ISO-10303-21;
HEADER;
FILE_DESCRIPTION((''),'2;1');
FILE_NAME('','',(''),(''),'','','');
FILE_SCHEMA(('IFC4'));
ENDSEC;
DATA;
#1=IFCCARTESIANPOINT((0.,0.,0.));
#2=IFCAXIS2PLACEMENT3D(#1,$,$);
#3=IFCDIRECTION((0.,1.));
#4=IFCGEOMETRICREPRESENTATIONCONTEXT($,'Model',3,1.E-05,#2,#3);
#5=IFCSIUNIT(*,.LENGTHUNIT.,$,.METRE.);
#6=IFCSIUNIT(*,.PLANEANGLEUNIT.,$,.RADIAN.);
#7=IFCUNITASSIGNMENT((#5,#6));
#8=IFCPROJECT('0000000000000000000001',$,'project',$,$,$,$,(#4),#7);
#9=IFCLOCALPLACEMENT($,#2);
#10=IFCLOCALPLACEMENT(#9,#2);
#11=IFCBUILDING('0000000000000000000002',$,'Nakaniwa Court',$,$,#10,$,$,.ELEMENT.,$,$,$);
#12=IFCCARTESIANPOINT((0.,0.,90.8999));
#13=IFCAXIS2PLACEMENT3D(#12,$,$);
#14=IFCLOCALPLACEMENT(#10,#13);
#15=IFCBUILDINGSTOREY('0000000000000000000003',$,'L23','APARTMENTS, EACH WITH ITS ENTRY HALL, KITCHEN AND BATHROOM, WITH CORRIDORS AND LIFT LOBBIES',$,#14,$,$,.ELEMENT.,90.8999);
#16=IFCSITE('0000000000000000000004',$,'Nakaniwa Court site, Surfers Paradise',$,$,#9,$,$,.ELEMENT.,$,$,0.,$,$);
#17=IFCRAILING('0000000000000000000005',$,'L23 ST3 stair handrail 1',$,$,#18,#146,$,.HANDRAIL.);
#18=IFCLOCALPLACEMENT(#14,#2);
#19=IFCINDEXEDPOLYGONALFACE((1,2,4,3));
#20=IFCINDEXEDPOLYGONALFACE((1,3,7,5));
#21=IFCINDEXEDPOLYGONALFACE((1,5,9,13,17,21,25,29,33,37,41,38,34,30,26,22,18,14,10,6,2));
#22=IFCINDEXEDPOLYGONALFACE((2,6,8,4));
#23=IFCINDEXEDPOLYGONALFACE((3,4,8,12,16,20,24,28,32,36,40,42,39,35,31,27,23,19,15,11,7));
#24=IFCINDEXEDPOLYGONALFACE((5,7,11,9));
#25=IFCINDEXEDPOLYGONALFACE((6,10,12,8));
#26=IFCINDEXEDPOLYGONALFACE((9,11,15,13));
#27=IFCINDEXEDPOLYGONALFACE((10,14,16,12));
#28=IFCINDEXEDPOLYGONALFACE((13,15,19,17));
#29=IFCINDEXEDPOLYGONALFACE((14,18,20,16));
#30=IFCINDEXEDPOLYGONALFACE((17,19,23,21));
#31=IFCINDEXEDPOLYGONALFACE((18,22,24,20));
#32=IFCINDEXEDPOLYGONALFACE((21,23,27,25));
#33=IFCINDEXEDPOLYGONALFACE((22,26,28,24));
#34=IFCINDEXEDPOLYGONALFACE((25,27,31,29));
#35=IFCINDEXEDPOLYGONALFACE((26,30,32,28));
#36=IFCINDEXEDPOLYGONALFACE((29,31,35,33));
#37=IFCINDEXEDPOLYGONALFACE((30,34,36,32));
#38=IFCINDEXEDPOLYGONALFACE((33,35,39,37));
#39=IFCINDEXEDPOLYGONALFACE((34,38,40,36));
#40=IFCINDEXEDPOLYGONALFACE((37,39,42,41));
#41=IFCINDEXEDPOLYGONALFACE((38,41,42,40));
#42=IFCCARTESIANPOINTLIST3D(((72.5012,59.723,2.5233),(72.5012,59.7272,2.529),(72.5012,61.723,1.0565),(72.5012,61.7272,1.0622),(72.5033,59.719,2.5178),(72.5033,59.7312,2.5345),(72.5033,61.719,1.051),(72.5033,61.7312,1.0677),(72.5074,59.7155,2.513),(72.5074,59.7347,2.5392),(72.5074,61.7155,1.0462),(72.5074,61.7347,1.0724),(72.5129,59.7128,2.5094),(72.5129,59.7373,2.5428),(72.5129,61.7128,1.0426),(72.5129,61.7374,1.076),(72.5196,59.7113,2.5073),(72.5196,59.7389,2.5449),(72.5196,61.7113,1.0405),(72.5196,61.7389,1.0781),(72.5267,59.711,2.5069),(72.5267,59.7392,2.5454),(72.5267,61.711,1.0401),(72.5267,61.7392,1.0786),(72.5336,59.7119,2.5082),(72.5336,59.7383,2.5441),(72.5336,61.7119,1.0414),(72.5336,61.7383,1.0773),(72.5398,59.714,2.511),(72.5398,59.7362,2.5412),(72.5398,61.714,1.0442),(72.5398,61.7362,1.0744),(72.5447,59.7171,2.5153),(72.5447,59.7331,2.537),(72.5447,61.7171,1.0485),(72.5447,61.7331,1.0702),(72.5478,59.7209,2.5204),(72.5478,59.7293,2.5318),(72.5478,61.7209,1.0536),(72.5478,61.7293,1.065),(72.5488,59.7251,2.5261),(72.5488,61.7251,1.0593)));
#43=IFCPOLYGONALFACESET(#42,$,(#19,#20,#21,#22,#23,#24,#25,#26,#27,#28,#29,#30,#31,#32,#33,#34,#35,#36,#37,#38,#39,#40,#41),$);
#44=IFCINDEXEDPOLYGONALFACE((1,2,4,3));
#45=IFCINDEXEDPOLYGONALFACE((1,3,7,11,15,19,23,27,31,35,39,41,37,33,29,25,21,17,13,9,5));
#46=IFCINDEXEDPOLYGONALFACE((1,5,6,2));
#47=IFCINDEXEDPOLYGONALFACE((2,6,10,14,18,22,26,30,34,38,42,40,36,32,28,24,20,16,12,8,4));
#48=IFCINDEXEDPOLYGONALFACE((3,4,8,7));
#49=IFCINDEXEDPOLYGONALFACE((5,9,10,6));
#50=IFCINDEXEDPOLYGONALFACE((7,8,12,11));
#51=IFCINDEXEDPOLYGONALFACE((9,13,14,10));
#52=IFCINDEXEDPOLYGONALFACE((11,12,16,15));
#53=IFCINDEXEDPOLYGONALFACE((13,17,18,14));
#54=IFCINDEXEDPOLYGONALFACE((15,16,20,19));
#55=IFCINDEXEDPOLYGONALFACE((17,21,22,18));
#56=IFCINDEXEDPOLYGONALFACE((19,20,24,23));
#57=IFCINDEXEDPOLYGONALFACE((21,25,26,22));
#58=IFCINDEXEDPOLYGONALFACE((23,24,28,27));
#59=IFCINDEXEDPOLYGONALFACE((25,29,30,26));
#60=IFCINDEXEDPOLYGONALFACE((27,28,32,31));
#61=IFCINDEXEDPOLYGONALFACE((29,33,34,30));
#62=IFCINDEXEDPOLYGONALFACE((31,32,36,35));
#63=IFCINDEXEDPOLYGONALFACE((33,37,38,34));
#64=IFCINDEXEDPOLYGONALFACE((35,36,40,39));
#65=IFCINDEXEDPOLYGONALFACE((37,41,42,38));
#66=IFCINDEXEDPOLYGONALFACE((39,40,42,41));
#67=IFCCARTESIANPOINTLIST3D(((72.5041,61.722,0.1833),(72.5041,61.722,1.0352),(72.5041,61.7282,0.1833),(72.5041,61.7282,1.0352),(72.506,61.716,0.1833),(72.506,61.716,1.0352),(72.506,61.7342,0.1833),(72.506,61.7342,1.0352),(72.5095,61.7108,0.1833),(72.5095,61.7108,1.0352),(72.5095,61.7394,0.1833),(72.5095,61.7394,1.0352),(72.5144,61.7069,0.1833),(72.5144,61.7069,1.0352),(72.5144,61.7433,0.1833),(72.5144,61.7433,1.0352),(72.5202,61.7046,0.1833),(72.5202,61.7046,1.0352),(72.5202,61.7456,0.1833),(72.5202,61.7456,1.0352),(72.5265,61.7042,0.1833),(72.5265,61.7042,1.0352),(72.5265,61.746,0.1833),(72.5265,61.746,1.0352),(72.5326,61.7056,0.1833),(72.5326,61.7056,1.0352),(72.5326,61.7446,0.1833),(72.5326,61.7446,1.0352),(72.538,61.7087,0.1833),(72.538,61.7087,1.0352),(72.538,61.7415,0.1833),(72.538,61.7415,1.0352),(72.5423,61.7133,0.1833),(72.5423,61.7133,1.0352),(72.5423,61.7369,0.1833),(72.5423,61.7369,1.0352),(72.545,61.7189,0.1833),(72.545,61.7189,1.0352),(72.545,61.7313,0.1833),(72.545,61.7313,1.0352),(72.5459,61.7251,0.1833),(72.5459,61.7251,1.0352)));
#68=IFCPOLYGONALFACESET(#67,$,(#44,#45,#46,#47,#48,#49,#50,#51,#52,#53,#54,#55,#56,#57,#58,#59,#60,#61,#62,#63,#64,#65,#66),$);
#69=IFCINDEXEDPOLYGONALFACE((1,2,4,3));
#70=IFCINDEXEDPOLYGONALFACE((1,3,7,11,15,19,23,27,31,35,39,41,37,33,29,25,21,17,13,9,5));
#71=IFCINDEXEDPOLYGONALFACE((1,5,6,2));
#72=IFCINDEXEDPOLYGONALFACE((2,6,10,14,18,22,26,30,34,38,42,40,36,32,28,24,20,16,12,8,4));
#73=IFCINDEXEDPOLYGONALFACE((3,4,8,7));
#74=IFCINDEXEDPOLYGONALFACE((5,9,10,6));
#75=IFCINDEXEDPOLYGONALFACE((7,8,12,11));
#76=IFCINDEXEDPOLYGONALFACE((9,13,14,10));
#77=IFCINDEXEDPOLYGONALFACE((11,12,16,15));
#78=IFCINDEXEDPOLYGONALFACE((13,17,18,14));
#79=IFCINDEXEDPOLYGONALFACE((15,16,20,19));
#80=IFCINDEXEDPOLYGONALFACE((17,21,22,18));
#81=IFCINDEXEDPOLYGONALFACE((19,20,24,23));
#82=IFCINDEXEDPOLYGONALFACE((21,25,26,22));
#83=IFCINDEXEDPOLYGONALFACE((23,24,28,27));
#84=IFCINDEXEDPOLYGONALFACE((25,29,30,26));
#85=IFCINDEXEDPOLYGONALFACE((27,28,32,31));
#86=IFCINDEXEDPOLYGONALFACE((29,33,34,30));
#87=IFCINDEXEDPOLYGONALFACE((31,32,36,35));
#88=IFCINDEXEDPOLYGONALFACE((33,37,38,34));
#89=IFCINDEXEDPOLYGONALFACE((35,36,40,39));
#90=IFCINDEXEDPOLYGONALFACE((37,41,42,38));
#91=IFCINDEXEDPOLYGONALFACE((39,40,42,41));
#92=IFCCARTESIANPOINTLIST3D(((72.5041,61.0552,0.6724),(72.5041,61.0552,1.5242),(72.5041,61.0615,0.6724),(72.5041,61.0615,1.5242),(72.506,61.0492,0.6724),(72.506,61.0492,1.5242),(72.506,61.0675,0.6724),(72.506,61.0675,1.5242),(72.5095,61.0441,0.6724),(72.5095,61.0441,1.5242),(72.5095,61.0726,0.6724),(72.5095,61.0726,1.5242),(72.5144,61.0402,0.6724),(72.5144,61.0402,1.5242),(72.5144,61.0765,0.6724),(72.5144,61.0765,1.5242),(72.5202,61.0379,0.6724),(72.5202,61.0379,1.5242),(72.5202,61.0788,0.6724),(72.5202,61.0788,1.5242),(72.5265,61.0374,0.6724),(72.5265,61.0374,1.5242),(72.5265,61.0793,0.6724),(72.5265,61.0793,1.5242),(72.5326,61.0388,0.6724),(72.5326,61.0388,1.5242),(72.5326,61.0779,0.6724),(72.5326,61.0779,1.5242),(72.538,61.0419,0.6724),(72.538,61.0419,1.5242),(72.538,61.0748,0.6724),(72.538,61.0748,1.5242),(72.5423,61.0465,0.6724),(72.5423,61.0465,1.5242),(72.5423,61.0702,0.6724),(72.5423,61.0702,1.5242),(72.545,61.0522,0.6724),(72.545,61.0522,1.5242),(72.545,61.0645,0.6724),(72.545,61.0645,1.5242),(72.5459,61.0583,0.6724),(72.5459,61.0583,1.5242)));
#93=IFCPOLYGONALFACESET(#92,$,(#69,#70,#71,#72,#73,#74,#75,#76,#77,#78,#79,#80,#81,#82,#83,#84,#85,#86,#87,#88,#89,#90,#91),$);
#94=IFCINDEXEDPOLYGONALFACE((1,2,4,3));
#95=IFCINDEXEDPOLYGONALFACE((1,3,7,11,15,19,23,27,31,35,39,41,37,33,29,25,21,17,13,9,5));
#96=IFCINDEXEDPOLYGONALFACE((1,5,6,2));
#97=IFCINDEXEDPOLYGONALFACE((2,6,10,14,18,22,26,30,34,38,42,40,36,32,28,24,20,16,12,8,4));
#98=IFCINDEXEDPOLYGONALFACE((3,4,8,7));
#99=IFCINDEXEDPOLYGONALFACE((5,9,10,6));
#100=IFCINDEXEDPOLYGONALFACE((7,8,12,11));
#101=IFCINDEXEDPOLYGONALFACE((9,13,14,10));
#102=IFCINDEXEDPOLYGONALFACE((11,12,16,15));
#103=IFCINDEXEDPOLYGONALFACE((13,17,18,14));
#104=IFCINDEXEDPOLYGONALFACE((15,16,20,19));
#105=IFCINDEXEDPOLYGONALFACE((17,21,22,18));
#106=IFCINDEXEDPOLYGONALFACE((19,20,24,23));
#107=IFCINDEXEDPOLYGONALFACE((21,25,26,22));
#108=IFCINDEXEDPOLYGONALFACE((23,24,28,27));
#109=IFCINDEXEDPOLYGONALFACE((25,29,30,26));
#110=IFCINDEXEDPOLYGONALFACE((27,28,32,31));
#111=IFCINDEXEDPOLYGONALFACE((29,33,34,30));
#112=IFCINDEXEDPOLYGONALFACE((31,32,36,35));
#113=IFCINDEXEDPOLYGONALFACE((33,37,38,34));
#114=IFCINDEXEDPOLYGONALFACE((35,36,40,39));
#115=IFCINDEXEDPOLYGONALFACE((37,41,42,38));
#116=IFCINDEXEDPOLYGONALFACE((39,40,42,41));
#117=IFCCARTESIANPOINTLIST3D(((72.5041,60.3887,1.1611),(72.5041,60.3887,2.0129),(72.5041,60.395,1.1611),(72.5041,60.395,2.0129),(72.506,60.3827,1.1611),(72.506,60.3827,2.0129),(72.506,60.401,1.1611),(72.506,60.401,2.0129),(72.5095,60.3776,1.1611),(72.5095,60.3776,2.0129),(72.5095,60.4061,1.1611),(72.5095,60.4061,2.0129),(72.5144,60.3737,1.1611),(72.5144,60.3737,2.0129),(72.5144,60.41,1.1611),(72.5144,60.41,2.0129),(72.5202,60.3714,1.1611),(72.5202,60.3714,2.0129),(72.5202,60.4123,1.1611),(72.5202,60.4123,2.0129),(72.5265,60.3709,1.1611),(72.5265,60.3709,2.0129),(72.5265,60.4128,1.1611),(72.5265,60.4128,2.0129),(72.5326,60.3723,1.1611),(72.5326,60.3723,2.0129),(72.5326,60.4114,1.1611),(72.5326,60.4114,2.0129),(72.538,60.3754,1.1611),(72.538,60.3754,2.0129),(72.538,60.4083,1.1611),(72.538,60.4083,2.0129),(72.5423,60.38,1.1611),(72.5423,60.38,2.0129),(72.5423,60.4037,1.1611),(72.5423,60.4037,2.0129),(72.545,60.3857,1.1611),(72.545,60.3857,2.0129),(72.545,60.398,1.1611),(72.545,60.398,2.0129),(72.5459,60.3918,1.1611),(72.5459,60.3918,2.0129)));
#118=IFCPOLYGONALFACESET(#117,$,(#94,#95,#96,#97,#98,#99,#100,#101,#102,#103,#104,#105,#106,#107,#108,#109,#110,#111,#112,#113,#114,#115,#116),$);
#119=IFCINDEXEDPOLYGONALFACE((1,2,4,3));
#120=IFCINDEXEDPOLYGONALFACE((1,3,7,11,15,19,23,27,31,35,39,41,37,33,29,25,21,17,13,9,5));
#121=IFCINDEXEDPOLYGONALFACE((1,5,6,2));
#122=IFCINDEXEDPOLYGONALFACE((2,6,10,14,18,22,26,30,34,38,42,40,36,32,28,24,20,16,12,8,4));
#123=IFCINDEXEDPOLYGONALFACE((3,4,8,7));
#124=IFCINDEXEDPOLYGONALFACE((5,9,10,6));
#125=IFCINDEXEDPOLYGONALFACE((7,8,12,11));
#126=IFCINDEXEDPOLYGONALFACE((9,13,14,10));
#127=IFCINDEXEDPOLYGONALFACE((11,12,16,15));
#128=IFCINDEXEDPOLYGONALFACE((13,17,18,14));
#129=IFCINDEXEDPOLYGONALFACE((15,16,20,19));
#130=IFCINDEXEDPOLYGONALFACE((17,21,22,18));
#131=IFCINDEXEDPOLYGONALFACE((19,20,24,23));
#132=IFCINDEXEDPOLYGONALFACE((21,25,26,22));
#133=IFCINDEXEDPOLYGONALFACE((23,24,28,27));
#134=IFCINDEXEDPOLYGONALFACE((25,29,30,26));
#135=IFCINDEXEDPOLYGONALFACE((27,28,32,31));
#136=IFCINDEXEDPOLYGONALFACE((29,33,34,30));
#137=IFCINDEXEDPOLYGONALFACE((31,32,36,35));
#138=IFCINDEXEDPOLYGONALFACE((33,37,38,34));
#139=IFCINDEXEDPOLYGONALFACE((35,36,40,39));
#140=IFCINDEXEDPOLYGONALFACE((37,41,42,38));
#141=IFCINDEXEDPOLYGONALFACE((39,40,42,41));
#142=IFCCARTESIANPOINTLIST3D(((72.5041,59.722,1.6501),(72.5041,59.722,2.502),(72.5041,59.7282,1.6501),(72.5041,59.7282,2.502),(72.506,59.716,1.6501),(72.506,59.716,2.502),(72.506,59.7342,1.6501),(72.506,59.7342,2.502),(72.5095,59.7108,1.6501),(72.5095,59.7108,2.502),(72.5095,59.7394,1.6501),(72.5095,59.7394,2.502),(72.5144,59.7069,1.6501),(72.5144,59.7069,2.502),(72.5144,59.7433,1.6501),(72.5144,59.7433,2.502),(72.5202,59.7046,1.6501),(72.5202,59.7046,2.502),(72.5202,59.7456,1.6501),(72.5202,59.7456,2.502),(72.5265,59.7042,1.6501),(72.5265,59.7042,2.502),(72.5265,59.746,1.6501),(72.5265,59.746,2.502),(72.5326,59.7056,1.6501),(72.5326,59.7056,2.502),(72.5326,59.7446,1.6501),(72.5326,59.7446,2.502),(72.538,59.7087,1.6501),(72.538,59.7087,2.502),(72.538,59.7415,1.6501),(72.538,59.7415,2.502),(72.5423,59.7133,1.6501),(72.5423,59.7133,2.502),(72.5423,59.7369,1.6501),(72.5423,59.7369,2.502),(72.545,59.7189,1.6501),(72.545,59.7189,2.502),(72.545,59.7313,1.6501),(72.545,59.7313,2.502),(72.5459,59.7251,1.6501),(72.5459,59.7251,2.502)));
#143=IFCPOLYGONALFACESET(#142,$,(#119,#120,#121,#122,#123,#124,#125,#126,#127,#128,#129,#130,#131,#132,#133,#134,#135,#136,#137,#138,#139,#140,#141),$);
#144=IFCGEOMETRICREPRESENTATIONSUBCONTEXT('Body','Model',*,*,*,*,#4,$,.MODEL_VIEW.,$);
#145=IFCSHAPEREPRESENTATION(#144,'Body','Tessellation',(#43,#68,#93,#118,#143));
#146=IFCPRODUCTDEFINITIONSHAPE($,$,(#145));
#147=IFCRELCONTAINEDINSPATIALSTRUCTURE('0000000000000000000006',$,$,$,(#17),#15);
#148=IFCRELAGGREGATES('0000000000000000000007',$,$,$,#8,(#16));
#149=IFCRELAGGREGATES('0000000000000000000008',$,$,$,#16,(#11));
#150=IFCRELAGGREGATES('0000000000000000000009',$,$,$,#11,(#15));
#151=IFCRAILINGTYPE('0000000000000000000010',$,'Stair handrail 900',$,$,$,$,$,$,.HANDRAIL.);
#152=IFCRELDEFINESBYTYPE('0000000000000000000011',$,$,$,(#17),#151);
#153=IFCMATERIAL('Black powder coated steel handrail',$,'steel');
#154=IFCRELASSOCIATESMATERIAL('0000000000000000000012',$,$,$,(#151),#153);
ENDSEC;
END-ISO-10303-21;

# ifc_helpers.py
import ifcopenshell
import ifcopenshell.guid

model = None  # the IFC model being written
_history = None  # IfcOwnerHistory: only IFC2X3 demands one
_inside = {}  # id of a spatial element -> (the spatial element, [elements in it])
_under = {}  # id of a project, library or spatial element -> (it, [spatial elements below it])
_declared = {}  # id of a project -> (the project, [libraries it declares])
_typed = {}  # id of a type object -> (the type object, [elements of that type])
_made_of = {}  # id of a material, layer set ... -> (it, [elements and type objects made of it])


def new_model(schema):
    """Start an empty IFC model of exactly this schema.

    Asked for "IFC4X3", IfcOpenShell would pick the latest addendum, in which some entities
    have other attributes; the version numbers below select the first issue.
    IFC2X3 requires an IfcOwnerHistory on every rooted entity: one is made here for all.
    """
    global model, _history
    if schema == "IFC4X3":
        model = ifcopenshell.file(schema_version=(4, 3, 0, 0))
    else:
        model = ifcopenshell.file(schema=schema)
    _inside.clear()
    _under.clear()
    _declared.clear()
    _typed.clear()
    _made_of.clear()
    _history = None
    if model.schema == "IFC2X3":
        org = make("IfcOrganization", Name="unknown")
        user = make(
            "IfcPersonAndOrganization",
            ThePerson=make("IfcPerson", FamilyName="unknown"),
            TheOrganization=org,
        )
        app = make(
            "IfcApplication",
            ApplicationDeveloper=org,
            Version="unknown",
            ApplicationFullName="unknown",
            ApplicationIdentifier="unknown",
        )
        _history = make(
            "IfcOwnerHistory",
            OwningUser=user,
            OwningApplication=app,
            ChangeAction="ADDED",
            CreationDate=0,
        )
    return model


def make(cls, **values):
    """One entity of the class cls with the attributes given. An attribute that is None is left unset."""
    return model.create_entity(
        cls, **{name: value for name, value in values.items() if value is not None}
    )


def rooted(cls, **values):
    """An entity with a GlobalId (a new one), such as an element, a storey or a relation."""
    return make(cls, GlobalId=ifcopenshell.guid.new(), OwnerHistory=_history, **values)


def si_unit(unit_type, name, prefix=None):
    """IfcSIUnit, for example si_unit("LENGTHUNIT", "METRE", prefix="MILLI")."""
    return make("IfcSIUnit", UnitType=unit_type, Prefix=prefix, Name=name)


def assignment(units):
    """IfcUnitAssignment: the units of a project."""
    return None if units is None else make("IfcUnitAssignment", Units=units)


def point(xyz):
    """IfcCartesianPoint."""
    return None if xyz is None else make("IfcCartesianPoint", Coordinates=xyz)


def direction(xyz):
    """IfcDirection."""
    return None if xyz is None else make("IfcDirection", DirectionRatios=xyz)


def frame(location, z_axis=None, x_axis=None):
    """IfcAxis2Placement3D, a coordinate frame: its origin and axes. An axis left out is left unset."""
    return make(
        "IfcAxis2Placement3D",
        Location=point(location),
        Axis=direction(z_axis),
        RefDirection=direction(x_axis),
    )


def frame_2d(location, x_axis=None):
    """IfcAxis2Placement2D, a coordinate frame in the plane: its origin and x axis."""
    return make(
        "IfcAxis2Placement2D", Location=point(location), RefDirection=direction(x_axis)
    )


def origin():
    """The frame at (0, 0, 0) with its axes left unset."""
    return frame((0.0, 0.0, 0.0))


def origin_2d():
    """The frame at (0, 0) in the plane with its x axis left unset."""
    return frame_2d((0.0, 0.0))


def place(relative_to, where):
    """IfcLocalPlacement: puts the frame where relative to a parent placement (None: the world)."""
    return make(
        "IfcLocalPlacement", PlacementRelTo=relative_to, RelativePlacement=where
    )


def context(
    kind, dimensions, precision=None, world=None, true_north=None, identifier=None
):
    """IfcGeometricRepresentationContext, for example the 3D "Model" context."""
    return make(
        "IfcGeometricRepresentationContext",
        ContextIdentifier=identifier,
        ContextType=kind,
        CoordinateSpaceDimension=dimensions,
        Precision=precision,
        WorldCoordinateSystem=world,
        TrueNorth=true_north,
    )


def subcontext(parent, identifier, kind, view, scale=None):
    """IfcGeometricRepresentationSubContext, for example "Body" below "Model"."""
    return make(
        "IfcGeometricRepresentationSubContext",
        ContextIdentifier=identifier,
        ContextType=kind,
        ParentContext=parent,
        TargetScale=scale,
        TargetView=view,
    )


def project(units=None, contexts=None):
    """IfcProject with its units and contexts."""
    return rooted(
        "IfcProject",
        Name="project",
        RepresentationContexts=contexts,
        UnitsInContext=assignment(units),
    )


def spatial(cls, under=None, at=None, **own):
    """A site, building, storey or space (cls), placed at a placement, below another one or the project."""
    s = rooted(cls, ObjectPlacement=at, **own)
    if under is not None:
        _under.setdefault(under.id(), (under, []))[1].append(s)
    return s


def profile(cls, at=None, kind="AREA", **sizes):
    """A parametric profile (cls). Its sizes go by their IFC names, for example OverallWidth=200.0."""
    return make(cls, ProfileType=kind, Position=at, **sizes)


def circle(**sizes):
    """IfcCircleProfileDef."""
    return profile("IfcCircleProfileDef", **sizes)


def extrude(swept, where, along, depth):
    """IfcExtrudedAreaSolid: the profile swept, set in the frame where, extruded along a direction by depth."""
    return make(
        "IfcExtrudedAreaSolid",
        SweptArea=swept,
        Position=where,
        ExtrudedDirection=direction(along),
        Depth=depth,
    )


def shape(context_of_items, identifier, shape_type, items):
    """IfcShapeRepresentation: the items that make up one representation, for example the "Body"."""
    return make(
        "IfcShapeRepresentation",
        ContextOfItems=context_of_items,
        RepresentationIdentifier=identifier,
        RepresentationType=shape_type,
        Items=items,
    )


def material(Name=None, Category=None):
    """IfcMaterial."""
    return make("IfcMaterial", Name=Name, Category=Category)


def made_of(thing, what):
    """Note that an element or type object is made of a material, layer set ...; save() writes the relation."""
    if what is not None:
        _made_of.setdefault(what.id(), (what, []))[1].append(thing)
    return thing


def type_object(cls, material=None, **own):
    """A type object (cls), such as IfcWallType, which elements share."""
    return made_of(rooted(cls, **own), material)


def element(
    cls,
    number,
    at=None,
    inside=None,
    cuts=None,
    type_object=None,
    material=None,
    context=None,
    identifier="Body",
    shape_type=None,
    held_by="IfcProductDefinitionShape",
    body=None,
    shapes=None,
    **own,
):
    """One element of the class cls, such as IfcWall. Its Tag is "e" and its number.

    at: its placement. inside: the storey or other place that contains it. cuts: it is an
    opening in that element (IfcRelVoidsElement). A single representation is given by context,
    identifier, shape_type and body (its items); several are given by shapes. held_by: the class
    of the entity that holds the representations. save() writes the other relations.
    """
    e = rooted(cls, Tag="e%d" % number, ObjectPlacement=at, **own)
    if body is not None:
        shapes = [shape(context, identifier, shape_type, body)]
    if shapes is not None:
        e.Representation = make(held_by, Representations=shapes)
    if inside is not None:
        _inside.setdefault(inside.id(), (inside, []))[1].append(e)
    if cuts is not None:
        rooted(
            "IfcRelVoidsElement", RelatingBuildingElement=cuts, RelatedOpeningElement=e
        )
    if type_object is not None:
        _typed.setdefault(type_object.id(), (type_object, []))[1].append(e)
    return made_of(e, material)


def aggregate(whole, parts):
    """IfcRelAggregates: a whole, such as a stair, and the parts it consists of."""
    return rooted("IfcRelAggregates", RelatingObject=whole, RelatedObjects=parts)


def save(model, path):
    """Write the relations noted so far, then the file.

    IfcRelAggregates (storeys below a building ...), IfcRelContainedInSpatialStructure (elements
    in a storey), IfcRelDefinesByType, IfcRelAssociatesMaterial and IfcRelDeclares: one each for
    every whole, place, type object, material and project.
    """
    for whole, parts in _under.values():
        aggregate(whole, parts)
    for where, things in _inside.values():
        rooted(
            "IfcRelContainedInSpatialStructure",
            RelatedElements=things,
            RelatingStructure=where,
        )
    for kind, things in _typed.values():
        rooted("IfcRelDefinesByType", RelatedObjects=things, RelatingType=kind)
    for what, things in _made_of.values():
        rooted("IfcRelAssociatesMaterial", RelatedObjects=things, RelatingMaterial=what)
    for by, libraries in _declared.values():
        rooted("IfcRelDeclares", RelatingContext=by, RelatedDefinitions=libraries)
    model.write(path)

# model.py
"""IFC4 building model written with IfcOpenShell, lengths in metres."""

from ifc_helpers import new_model, si_unit, direction, frame, origin, origin_2d, place, context, subcontext, project, spatial, circle, extrude, material, type_object, element, save


model = new_model("IFC4")

# Units and contexts
model_context = context("Model", 3, precision=1e-05, world=origin(), true_north=direction((0.0, 1.0)))
body_context = subcontext(model_context, "Body", "Model", "MODEL_VIEW")
ifc_project = project(units=[si_unit("LENGTHUNIT", "METRE"), si_unit("PLANEANGLEUNIT", "RADIAN")], contexts=[model_context])

# Site, building, storey
site_placement = place(None, origin())
site = spatial("IfcSite", under=ifc_project, at=site_placement, Name="Nakaniwa Court site, Surfers Paradise", CompositionType="ELEMENT", RefElevation=0.0)
building_placement = place(site_placement, origin())
building = spatial("IfcBuilding", under=site, at=building_placement, Name="Nakaniwa Court", CompositionType="ELEMENT")
storey_placement = place(building_placement, frame((0.0, 0.0, 90.8999)))
storey = spatial("IfcBuildingStorey", under=building, at=storey_placement, Name="L23", Description="APARTMENTS, EACH WITH ITS ENTRY HALL, KITCHEN AND BATHROOM, WITH CORRIDORS AND LIFT LOBBIES", CompositionType="ELEMENT", Elevation=90.8999)

# Railing
ifc_material_1 = material(Name="Black powder coated steel handrail", Category="steel")
railing_type_1 = type_object("IfcRailingType", Name="Stair handrail 900", PredefinedType="HANDRAIL", material=ifc_material_1)
railing_1_placement = place(storey_placement, frame((72.5249, 61.7251, 0.1833)))
element("IfcRailing", 1, at=railing_1_placement, inside=storey, type_object=railing_type_1, Name="L23 ST3 stair handrail 1", PredefinedType="HANDRAIL", context=body_context, shape_type="SweptSolid", body=[
    extrude(circle(Radius=0.0239, at=origin_2d()), frame((0.0, 0.0, 0.876), z_axis=(0.0, -0.80638, 0.591398), x_axis=(1.0, 0.0, 0.0)), (0.0, 0.0, 1.0), 2.4802),
    extrude(circle(Radius=0.021, at=origin_2d()), origin(), (0.0, 0.0, 1.0), 0.8518),
    extrude(circle(Radius=0.021, at=origin_2d()), frame((0.0, -0.6667, 0.489)), (0.0, 0.0, 1.0), 0.8518),
    extrude(circle(Radius=0.021, at=origin_2d()), frame((0.0, -1.3333, 0.9778)), (0.0, 0.0, 1.0), 0.8518),
    extrude(circle(Radius=0.021, at=origin_2d()), frame((0.0, -2.0, 1.4668)), (0.0, 0.0, 1.0), 0.8518),
])

save(model, "model.ifc")
